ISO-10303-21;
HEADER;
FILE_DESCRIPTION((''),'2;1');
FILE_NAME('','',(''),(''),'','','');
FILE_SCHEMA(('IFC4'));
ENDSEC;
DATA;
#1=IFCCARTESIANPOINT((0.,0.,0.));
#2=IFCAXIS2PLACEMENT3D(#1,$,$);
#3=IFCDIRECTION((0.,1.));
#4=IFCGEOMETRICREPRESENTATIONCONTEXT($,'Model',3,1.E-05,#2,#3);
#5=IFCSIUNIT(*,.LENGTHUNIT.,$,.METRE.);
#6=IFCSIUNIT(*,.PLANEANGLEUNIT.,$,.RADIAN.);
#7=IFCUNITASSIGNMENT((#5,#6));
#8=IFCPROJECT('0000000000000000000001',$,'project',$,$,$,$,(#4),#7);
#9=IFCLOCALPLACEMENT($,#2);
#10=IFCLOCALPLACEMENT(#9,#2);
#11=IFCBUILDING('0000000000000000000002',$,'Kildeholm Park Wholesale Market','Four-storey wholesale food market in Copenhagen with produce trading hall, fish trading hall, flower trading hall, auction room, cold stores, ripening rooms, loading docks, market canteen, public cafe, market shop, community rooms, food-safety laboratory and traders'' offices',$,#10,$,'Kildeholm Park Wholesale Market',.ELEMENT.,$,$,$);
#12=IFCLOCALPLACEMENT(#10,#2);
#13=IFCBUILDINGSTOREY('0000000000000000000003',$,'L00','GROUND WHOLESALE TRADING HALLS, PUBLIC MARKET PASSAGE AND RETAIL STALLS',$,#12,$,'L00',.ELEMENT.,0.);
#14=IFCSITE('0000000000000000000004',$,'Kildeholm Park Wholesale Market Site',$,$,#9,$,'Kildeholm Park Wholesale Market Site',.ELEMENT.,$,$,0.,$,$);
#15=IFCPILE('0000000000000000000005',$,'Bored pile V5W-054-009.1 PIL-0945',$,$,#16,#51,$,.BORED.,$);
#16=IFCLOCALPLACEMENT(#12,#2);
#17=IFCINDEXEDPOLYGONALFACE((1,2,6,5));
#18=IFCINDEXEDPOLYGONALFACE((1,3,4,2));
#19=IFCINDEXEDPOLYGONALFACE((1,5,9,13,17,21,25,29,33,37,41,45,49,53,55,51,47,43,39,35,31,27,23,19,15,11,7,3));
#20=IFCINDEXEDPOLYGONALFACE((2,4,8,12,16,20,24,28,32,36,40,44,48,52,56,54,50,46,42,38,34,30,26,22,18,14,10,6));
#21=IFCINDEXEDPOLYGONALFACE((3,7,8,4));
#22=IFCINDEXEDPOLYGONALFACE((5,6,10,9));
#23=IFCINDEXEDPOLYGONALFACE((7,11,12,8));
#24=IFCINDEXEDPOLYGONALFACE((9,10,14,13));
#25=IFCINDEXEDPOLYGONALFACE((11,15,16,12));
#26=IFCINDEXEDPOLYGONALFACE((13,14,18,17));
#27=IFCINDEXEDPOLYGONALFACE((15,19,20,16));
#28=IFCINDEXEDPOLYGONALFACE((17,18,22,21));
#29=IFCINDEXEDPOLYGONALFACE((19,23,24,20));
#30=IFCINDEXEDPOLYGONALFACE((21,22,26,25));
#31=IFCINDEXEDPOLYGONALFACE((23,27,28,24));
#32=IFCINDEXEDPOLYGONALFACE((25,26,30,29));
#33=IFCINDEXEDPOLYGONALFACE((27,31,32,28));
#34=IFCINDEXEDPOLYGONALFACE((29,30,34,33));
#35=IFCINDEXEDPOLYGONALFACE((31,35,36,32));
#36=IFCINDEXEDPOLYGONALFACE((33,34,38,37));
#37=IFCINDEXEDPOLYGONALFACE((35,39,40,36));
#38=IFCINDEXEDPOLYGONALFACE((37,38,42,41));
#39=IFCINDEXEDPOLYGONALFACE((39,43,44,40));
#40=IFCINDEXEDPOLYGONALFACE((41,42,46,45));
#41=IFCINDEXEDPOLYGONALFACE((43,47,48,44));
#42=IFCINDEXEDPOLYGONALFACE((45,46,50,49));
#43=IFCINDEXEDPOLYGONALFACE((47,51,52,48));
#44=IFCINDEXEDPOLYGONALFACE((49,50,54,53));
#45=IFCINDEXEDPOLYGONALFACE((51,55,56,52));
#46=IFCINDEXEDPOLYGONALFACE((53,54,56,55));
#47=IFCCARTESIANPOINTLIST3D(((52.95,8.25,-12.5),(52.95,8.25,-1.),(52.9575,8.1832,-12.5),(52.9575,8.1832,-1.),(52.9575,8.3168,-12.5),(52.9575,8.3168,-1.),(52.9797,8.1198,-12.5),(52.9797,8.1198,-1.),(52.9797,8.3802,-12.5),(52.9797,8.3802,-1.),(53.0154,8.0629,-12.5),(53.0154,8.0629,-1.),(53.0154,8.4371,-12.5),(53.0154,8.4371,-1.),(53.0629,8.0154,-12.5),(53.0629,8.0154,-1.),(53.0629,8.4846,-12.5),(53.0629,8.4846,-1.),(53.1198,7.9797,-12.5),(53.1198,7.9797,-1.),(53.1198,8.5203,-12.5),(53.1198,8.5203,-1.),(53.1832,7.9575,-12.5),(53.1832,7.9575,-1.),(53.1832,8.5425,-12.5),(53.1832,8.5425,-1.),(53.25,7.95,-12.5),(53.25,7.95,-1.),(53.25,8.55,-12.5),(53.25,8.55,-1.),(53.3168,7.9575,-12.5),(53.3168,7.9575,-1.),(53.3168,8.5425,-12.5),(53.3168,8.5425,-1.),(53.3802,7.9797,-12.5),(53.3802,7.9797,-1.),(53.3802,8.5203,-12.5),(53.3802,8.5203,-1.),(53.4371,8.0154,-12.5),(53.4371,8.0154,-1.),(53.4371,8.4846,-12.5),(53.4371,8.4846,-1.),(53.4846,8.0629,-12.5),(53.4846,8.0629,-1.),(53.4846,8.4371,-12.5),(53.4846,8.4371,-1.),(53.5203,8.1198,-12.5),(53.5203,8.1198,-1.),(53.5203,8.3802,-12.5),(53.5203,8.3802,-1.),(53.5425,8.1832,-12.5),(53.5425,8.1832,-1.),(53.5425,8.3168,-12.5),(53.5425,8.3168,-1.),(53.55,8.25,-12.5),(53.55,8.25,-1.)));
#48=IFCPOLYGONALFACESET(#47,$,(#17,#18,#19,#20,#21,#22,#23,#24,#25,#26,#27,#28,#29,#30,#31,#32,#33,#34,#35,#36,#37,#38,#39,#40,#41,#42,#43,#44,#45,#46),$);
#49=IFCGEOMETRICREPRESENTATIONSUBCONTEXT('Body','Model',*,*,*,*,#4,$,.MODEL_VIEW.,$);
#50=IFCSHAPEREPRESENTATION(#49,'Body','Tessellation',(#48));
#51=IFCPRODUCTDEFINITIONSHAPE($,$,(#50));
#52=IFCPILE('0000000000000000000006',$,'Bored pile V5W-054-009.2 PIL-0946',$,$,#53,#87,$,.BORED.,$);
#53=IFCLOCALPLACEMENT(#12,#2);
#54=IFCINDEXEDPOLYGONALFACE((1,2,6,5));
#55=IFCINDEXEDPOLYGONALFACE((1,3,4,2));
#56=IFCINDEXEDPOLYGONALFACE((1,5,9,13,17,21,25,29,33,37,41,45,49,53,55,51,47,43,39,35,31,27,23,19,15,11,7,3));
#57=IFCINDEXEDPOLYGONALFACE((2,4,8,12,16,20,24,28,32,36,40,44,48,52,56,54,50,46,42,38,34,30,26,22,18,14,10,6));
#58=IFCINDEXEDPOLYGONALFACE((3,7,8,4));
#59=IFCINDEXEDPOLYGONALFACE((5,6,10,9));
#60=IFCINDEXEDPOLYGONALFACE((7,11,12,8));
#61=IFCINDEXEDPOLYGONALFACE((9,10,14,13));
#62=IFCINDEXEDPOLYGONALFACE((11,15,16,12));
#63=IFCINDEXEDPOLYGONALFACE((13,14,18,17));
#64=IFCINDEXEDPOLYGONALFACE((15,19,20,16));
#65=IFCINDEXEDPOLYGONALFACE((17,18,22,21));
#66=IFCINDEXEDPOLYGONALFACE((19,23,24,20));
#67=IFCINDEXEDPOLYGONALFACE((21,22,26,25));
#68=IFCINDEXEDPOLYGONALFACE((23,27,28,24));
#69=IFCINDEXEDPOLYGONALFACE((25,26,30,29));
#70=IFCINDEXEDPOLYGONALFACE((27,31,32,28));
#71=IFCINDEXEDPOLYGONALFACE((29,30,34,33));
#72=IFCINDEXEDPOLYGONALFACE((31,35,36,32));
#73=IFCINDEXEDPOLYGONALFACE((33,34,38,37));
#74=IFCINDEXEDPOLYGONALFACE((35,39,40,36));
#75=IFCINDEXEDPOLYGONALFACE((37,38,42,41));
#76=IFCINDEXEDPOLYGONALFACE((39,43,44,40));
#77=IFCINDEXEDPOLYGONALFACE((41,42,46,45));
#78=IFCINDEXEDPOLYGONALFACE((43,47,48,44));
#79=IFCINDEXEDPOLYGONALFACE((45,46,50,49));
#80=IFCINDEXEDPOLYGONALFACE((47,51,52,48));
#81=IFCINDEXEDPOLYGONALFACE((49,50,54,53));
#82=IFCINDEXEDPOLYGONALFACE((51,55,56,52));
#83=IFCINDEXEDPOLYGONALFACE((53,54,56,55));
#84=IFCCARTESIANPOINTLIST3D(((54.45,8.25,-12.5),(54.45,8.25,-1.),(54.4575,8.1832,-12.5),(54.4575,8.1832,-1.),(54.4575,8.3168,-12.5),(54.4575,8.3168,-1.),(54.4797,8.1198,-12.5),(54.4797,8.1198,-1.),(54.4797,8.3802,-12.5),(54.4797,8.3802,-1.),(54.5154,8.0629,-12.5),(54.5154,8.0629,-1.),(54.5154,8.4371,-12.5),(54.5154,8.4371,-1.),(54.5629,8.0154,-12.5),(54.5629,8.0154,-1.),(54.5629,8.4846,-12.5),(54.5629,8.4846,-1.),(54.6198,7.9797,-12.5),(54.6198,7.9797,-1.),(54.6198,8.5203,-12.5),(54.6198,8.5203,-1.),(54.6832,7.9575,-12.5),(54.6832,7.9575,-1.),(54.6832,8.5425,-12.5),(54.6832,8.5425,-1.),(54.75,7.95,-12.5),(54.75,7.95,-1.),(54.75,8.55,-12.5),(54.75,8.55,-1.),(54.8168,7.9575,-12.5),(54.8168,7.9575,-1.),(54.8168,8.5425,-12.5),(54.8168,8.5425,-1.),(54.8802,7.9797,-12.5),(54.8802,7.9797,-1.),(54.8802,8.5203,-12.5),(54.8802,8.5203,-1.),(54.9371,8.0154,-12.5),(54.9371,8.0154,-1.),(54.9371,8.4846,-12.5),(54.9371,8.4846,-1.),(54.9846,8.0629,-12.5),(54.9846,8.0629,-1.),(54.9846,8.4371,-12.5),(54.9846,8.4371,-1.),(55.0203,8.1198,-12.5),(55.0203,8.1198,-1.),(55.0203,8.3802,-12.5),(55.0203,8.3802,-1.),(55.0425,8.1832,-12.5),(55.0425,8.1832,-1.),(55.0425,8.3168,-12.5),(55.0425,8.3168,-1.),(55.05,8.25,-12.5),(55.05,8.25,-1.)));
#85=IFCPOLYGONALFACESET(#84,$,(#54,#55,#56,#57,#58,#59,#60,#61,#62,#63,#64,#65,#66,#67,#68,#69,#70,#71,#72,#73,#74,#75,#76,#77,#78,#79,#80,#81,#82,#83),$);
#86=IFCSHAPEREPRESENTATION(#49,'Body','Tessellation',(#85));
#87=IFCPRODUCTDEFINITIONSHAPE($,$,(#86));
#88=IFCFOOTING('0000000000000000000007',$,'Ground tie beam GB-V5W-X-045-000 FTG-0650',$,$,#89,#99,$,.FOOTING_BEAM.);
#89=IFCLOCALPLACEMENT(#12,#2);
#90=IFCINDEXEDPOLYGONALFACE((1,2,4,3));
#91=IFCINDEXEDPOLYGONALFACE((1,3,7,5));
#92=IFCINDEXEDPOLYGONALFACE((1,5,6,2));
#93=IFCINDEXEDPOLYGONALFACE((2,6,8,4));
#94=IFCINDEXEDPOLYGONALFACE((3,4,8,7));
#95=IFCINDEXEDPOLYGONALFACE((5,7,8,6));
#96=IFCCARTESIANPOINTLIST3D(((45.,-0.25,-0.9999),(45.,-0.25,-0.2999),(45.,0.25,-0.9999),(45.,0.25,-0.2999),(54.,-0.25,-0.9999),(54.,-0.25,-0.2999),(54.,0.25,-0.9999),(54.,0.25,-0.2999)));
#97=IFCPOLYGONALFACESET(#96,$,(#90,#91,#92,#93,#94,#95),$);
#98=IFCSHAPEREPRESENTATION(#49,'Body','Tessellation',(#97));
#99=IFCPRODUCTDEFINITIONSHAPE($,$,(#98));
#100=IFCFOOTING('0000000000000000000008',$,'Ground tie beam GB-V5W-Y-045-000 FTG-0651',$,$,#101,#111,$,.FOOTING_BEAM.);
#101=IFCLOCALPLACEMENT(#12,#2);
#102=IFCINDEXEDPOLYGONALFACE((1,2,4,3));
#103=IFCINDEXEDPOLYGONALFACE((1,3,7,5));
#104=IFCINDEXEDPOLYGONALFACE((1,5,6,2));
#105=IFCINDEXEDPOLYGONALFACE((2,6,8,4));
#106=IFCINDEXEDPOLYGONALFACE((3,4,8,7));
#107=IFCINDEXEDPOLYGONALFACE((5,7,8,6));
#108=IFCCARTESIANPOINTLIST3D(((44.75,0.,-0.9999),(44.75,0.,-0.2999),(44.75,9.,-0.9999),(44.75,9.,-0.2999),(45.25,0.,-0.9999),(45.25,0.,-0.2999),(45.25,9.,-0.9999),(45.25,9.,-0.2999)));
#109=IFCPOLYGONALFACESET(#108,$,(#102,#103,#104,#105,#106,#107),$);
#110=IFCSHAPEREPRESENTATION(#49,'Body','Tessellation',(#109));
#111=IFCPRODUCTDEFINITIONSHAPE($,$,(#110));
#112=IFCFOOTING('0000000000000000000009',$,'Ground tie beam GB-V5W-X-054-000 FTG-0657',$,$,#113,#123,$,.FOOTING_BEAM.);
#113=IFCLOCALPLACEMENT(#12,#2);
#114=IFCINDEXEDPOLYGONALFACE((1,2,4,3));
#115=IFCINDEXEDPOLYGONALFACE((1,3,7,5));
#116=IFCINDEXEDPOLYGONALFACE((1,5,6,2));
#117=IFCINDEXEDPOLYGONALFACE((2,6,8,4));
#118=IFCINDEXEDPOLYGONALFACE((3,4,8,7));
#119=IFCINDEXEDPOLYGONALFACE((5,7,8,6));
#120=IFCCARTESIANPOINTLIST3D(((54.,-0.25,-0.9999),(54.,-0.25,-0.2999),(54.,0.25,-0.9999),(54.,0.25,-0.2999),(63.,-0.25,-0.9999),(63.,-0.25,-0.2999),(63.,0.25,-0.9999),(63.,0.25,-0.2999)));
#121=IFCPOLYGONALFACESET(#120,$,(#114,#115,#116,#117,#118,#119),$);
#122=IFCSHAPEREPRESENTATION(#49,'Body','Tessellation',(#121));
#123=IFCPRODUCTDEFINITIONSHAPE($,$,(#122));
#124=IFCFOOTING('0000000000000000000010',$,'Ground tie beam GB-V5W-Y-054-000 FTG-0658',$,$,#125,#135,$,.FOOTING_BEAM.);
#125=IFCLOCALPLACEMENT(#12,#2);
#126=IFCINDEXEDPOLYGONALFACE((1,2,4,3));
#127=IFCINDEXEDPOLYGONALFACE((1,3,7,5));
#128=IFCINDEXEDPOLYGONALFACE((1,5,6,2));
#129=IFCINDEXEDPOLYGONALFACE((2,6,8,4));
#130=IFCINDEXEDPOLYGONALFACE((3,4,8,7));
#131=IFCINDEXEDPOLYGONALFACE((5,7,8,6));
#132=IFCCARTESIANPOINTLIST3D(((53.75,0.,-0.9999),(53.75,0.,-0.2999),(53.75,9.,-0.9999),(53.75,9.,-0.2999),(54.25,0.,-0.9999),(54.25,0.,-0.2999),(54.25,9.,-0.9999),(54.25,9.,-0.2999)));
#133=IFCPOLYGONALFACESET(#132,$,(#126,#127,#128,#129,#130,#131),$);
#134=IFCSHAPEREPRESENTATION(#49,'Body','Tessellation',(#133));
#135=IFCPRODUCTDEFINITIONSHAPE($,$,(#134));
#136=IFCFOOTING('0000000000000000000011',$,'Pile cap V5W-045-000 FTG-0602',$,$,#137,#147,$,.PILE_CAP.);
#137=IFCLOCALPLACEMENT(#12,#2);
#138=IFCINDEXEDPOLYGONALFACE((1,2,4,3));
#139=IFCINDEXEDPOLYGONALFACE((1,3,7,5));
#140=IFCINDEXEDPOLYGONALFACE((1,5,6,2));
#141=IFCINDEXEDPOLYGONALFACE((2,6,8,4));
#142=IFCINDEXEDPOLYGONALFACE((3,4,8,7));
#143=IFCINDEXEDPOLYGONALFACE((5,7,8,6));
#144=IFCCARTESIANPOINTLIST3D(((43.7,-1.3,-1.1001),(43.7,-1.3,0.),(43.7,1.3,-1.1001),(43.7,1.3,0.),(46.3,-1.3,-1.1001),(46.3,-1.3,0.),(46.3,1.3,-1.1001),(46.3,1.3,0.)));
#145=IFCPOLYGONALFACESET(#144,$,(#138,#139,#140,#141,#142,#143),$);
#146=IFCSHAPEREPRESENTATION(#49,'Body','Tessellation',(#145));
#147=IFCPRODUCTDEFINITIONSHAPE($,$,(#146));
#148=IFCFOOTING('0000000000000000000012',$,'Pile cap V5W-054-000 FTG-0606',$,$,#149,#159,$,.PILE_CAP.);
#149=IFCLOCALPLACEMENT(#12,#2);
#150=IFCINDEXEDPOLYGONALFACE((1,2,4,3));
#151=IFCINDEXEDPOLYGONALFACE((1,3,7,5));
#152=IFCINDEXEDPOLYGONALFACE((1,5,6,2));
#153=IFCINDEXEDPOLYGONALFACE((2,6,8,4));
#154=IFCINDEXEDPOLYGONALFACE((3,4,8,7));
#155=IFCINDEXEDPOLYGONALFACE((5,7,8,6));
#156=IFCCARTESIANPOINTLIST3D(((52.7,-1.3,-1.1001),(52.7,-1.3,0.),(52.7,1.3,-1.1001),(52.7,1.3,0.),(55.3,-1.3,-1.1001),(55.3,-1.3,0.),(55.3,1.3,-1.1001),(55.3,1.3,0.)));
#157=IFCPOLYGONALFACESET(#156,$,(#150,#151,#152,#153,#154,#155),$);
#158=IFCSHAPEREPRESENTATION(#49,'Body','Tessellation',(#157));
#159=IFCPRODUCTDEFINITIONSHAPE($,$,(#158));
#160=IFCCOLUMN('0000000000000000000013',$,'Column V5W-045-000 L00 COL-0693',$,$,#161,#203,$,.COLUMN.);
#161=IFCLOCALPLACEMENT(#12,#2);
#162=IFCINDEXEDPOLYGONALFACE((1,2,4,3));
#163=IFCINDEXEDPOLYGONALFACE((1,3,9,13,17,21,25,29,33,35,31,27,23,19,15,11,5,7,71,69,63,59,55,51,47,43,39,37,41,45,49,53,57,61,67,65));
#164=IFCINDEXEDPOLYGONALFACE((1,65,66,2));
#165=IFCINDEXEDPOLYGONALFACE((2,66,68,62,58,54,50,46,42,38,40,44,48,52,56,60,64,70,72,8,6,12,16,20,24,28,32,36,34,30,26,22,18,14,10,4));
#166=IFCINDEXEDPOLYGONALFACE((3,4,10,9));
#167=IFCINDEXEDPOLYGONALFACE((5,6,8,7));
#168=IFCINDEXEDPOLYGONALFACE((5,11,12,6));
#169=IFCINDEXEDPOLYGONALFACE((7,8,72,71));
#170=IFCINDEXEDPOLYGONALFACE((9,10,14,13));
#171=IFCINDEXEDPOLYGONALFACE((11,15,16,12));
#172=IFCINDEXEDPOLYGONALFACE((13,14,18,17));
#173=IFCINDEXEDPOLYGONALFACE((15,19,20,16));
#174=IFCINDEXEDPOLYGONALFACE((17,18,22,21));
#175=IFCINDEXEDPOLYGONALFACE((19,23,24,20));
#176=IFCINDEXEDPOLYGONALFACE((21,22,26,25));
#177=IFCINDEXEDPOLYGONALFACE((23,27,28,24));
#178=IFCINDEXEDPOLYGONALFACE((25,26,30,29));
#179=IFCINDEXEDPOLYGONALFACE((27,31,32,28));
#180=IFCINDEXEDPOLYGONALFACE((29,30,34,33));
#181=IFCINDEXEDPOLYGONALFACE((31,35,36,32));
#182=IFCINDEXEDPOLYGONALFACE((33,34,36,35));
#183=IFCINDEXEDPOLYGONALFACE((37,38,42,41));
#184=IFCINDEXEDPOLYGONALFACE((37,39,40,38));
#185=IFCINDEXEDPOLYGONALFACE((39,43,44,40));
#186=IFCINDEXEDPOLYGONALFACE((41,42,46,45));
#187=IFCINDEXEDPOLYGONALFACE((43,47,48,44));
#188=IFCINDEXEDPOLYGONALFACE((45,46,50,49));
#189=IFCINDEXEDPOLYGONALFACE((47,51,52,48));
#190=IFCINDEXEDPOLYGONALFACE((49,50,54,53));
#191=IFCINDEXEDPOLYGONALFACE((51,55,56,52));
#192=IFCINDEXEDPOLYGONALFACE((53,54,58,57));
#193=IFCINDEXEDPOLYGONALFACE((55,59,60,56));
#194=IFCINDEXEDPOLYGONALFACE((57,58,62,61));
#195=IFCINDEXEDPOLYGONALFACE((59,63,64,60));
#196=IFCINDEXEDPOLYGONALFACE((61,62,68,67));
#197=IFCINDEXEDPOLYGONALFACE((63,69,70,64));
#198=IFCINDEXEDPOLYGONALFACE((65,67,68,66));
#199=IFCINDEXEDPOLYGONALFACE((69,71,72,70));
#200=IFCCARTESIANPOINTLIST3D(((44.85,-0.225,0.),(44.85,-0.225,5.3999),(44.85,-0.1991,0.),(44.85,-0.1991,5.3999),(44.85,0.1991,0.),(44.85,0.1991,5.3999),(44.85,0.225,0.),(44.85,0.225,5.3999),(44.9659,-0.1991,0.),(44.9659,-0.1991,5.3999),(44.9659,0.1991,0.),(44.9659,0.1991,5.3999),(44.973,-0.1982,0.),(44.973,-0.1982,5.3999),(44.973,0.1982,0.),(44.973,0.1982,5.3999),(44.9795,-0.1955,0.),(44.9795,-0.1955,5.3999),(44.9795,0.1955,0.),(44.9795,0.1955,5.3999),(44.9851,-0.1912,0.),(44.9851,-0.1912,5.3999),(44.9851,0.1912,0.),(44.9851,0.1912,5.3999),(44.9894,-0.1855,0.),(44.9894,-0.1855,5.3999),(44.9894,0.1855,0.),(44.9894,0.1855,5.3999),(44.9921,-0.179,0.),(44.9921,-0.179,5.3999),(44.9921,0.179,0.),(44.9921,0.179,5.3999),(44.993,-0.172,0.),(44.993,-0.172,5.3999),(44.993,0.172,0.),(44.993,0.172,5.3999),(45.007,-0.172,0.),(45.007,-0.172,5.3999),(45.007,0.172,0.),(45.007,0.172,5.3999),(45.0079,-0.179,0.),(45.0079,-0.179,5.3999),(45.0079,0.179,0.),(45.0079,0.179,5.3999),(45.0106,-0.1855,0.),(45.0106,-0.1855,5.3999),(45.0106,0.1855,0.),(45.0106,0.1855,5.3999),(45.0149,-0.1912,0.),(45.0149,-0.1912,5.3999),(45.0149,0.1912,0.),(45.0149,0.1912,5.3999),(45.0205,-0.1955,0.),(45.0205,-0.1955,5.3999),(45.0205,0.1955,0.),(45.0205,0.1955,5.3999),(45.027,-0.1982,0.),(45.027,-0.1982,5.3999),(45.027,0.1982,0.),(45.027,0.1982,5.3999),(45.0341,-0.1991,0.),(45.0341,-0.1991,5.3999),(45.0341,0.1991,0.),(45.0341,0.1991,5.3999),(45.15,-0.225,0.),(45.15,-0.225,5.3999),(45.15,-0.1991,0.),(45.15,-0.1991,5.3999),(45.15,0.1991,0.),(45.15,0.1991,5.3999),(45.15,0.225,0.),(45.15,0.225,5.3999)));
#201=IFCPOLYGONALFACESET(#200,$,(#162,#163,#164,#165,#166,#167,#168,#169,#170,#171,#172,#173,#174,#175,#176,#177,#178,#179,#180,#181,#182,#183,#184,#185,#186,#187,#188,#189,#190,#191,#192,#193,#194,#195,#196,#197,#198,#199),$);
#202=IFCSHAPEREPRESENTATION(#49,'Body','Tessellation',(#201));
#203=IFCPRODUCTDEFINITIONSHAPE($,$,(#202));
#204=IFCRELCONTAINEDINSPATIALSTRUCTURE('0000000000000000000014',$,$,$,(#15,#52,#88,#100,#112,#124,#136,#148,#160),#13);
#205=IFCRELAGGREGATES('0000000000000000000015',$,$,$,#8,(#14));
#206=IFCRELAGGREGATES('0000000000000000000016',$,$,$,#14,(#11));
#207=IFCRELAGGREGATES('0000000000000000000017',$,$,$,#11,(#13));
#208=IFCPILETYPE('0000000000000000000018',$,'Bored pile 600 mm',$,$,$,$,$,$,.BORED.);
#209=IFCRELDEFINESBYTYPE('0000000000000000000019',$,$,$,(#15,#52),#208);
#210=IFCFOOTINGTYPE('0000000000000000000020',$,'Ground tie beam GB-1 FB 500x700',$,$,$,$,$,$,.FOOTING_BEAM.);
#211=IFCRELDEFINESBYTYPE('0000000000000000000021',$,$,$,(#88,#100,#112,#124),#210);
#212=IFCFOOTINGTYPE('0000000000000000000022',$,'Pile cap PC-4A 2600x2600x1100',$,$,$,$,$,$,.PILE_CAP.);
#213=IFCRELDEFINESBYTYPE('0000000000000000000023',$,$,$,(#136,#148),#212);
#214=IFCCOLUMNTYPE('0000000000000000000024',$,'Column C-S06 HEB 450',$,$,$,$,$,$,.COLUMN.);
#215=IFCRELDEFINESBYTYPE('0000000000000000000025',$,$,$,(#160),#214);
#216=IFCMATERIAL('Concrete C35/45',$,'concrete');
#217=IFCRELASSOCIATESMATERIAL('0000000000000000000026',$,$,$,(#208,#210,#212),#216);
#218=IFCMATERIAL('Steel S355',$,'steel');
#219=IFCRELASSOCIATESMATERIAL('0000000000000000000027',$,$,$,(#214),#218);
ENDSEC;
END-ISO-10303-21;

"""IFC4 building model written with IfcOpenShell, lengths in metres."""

from ifc_helpers import new_model, si_unit, direction, frame, origin, origin_2d, place, context, subcontext, project, spatial, rectangle, circle, i_section, extrude, material, material_profile, profile_set, type_object, element, save


model = new_model("IFC4")

# Units and contexts
model_context = context("Model", 3, precision=1e-05, world=origin(), true_north=direction((0.0, 1.0)))
body_context = subcontext(model_context, "Body", "Model", "MODEL_VIEW")
ifc_project = project(units=[si_unit("LENGTHUNIT", "METRE"), si_unit("PLANEANGLEUNIT", "RADIAN")], contexts=[model_context])

# Site, building, storey
site_placement = place(None, origin())
site = spatial("IfcSite", under=ifc_project, at=site_placement, Name="Kildeholm Park Wholesale Market Site", LongName="Kildeholm Park Wholesale Market Site", CompositionType="ELEMENT", RefElevation=0.0)
building_placement = place(site_placement, origin())
building = spatial("IfcBuilding", under=site, at=building_placement, Name="Kildeholm Park Wholesale Market", Description="Four-storey wholesale food market in Copenhagen with produce trading hall, fish trading hall, flower trading hall, auction room, cold stores, ripening rooms, loading docks, market canteen, public cafe, market shop, community rooms, food-safety laboratory and traders' offices", LongName="Kildeholm Park Wholesale Market", CompositionType="ELEMENT")
storey_placement = place(building_placement, origin())
storey = spatial("IfcBuildingStorey", under=building, at=storey_placement, Name="L00", Description="GROUND WHOLESALE TRADING HALLS, PUBLIC MARKET PASSAGE AND RETAIL STALLS", LongName="L00", CompositionType="ELEMENT", Elevation=0.0)

# Piles
ifc_material_1 = material(Name="Concrete C35/45", Category="concrete")
ifc_material_profile_1 = material_profile(ifc_material_1, circle(Radius=0.3, at=origin_2d()), Name="PILE D600")
ifc_profile_set_1 = profile_set([ifc_material_profile_1], Name="Concrete C35/45")
pile_type = type_object("IfcPileType", Name="Bored pile 600 mm", PredefinedType="BORED", material=ifc_profile_set_1)
for number, where, z_axis, x_axis, name in (
    (1, (53.25, 8.25, -1.0), (0.0, 0.0, -1.0), (1.0, 0.0, 0.0), "Bored pile V5W-054-009.1 PIL-0945"),
    (2, (54.75, 8.25, -1.0), (0.0, 0.0, -1.0), (1.0, 0.0, 0.0), "Bored pile V5W-054-009.2 PIL-0946"),
):
    element("IfcPile", number, at=place(storey_placement, frame(where, z_axis=z_axis, x_axis=x_axis)), inside=storey, type_object=pile_type, Name=name, PredefinedType="BORED", context=body_context, shape_type="SweptSolid", body=[
        extrude(circle(Radius=0.3, at=origin_2d()), origin(), (0.0, 0.0, 1.0), 11.5),
    ])

# Footings
ifc_material_profile_2 = material_profile(ifc_material_1, rectangle(XDim=0.5, YDim=0.7, at=origin_2d()), Name="FB 500x700")
ifc_profile_set_2 = profile_set([ifc_material_profile_2], Name="Concrete C35/45")
footing_type_1 = type_object("IfcFootingType", Name="Ground tie beam GB-1 FB 500x700", PredefinedType="FOOTING_BEAM", material=ifc_profile_set_2)
for number, where, z_axis, x_axis, name in (
    (3, (45.0, 0.0, -0.6499), (1.0, 0.0, 0.0), (0.0, 1.0, 0.0), "Ground tie beam GB-V5W-X-045-000 FTG-0650"),
    (4, (45.0, 0.0, -0.6499), (0.0, 1.0, 0.0), (-1.0, 0.0, 0.0), "Ground tie beam GB-V5W-Y-045-000 FTG-0651"),
    (5, (54.0, 0.0, -0.6499), (1.0, 0.0, 0.0), (0.0, 1.0, 0.0), "Ground tie beam GB-V5W-X-054-000 FTG-0657"),
    (6, (54.0, 0.0, -0.6499), (0.0, 1.0, 0.0), (-1.0, 0.0, 0.0), "Ground tie beam GB-V5W-Y-054-000 FTG-0658"),
):
    element("IfcFooting", number, at=place(storey_placement, frame(where, z_axis=z_axis, x_axis=x_axis)), inside=storey, type_object=footing_type_1, Name=name, PredefinedType="FOOTING_BEAM", context=body_context, shape_type="SweptSolid", body=[
        extrude(rectangle(XDim=0.5, YDim=0.7, at=origin_2d()), origin(), (0.0, 0.0, 1.0), 9.0),
    ])
footing_type_2 = type_object("IfcFootingType", Name="Pile cap PC-4A 2600x2600x1100", PredefinedType="PILE_CAP", material=ifc_material_1)
for number, where, z_axis, x_axis, name in (
    (7, (45.0, 0.0, -1.1001), (0.0, 0.0, 1.0), (1.0, 0.0, 0.0), "Pile cap V5W-045-000 FTG-0602"),
    (8, (54.0, 0.0, -1.1001), (0.0, 0.0, 1.0), (1.0, 0.0, 0.0), "Pile cap V5W-054-000 FTG-0606"),
):
    element("IfcFooting", number, at=place(storey_placement, frame(where, z_axis=z_axis, x_axis=x_axis)), inside=storey, type_object=footing_type_2, Name=name, PredefinedType="PILE_CAP", context=body_context, shape_type="SweptSolid", body=[
        extrude(rectangle(XDim=2.6001, YDim=2.6001, at=origin_2d()), origin(), (0.0, 0.0, 1.0), 1.1001),
    ])

# Column
ifc_material_2 = material(Name="Steel S355", Category="steel")
ifc_material_profile_3 = material_profile(ifc_material_2, i_section(OverallWidth=0.3, OverallDepth=0.45, WebThickness=0.0139, FlangeThickness=0.0259, FilletRadius=0.0271, at=origin_2d()), Name="HEB 450")
ifc_profile_set_3 = profile_set([ifc_material_profile_3], Name="Steel S355")
column_type = type_object("IfcColumnType", Name="Column C-S06 HEB 450", PredefinedType="COLUMN", material=ifc_profile_set_3)
for number, where, z_axis, x_axis, name in (
    (9, (45.0, 0.0, 0.0), (0.0, 0.0, 1.0), (1.0, 0.0, 0.0), "Column V5W-045-000 L00 COL-0693"),
):
    element("IfcColumn", number, at=place(storey_placement, frame(where, z_axis=z_axis, x_axis=x_axis)), inside=storey, type_object=column_type, Name=name, PredefinedType="COLUMN", context=body_context, shape_type="SweptSolid", body=[
        extrude(i_section(OverallWidth=0.3, OverallDepth=0.45, WebThickness=0.0139, FlangeThickness=0.0259, FilletRadius=0.0271, at=origin_2d()), origin(), (0.0, 0.0, 1.0), 5.3999),
    ])

save(model, "model.ifc")
